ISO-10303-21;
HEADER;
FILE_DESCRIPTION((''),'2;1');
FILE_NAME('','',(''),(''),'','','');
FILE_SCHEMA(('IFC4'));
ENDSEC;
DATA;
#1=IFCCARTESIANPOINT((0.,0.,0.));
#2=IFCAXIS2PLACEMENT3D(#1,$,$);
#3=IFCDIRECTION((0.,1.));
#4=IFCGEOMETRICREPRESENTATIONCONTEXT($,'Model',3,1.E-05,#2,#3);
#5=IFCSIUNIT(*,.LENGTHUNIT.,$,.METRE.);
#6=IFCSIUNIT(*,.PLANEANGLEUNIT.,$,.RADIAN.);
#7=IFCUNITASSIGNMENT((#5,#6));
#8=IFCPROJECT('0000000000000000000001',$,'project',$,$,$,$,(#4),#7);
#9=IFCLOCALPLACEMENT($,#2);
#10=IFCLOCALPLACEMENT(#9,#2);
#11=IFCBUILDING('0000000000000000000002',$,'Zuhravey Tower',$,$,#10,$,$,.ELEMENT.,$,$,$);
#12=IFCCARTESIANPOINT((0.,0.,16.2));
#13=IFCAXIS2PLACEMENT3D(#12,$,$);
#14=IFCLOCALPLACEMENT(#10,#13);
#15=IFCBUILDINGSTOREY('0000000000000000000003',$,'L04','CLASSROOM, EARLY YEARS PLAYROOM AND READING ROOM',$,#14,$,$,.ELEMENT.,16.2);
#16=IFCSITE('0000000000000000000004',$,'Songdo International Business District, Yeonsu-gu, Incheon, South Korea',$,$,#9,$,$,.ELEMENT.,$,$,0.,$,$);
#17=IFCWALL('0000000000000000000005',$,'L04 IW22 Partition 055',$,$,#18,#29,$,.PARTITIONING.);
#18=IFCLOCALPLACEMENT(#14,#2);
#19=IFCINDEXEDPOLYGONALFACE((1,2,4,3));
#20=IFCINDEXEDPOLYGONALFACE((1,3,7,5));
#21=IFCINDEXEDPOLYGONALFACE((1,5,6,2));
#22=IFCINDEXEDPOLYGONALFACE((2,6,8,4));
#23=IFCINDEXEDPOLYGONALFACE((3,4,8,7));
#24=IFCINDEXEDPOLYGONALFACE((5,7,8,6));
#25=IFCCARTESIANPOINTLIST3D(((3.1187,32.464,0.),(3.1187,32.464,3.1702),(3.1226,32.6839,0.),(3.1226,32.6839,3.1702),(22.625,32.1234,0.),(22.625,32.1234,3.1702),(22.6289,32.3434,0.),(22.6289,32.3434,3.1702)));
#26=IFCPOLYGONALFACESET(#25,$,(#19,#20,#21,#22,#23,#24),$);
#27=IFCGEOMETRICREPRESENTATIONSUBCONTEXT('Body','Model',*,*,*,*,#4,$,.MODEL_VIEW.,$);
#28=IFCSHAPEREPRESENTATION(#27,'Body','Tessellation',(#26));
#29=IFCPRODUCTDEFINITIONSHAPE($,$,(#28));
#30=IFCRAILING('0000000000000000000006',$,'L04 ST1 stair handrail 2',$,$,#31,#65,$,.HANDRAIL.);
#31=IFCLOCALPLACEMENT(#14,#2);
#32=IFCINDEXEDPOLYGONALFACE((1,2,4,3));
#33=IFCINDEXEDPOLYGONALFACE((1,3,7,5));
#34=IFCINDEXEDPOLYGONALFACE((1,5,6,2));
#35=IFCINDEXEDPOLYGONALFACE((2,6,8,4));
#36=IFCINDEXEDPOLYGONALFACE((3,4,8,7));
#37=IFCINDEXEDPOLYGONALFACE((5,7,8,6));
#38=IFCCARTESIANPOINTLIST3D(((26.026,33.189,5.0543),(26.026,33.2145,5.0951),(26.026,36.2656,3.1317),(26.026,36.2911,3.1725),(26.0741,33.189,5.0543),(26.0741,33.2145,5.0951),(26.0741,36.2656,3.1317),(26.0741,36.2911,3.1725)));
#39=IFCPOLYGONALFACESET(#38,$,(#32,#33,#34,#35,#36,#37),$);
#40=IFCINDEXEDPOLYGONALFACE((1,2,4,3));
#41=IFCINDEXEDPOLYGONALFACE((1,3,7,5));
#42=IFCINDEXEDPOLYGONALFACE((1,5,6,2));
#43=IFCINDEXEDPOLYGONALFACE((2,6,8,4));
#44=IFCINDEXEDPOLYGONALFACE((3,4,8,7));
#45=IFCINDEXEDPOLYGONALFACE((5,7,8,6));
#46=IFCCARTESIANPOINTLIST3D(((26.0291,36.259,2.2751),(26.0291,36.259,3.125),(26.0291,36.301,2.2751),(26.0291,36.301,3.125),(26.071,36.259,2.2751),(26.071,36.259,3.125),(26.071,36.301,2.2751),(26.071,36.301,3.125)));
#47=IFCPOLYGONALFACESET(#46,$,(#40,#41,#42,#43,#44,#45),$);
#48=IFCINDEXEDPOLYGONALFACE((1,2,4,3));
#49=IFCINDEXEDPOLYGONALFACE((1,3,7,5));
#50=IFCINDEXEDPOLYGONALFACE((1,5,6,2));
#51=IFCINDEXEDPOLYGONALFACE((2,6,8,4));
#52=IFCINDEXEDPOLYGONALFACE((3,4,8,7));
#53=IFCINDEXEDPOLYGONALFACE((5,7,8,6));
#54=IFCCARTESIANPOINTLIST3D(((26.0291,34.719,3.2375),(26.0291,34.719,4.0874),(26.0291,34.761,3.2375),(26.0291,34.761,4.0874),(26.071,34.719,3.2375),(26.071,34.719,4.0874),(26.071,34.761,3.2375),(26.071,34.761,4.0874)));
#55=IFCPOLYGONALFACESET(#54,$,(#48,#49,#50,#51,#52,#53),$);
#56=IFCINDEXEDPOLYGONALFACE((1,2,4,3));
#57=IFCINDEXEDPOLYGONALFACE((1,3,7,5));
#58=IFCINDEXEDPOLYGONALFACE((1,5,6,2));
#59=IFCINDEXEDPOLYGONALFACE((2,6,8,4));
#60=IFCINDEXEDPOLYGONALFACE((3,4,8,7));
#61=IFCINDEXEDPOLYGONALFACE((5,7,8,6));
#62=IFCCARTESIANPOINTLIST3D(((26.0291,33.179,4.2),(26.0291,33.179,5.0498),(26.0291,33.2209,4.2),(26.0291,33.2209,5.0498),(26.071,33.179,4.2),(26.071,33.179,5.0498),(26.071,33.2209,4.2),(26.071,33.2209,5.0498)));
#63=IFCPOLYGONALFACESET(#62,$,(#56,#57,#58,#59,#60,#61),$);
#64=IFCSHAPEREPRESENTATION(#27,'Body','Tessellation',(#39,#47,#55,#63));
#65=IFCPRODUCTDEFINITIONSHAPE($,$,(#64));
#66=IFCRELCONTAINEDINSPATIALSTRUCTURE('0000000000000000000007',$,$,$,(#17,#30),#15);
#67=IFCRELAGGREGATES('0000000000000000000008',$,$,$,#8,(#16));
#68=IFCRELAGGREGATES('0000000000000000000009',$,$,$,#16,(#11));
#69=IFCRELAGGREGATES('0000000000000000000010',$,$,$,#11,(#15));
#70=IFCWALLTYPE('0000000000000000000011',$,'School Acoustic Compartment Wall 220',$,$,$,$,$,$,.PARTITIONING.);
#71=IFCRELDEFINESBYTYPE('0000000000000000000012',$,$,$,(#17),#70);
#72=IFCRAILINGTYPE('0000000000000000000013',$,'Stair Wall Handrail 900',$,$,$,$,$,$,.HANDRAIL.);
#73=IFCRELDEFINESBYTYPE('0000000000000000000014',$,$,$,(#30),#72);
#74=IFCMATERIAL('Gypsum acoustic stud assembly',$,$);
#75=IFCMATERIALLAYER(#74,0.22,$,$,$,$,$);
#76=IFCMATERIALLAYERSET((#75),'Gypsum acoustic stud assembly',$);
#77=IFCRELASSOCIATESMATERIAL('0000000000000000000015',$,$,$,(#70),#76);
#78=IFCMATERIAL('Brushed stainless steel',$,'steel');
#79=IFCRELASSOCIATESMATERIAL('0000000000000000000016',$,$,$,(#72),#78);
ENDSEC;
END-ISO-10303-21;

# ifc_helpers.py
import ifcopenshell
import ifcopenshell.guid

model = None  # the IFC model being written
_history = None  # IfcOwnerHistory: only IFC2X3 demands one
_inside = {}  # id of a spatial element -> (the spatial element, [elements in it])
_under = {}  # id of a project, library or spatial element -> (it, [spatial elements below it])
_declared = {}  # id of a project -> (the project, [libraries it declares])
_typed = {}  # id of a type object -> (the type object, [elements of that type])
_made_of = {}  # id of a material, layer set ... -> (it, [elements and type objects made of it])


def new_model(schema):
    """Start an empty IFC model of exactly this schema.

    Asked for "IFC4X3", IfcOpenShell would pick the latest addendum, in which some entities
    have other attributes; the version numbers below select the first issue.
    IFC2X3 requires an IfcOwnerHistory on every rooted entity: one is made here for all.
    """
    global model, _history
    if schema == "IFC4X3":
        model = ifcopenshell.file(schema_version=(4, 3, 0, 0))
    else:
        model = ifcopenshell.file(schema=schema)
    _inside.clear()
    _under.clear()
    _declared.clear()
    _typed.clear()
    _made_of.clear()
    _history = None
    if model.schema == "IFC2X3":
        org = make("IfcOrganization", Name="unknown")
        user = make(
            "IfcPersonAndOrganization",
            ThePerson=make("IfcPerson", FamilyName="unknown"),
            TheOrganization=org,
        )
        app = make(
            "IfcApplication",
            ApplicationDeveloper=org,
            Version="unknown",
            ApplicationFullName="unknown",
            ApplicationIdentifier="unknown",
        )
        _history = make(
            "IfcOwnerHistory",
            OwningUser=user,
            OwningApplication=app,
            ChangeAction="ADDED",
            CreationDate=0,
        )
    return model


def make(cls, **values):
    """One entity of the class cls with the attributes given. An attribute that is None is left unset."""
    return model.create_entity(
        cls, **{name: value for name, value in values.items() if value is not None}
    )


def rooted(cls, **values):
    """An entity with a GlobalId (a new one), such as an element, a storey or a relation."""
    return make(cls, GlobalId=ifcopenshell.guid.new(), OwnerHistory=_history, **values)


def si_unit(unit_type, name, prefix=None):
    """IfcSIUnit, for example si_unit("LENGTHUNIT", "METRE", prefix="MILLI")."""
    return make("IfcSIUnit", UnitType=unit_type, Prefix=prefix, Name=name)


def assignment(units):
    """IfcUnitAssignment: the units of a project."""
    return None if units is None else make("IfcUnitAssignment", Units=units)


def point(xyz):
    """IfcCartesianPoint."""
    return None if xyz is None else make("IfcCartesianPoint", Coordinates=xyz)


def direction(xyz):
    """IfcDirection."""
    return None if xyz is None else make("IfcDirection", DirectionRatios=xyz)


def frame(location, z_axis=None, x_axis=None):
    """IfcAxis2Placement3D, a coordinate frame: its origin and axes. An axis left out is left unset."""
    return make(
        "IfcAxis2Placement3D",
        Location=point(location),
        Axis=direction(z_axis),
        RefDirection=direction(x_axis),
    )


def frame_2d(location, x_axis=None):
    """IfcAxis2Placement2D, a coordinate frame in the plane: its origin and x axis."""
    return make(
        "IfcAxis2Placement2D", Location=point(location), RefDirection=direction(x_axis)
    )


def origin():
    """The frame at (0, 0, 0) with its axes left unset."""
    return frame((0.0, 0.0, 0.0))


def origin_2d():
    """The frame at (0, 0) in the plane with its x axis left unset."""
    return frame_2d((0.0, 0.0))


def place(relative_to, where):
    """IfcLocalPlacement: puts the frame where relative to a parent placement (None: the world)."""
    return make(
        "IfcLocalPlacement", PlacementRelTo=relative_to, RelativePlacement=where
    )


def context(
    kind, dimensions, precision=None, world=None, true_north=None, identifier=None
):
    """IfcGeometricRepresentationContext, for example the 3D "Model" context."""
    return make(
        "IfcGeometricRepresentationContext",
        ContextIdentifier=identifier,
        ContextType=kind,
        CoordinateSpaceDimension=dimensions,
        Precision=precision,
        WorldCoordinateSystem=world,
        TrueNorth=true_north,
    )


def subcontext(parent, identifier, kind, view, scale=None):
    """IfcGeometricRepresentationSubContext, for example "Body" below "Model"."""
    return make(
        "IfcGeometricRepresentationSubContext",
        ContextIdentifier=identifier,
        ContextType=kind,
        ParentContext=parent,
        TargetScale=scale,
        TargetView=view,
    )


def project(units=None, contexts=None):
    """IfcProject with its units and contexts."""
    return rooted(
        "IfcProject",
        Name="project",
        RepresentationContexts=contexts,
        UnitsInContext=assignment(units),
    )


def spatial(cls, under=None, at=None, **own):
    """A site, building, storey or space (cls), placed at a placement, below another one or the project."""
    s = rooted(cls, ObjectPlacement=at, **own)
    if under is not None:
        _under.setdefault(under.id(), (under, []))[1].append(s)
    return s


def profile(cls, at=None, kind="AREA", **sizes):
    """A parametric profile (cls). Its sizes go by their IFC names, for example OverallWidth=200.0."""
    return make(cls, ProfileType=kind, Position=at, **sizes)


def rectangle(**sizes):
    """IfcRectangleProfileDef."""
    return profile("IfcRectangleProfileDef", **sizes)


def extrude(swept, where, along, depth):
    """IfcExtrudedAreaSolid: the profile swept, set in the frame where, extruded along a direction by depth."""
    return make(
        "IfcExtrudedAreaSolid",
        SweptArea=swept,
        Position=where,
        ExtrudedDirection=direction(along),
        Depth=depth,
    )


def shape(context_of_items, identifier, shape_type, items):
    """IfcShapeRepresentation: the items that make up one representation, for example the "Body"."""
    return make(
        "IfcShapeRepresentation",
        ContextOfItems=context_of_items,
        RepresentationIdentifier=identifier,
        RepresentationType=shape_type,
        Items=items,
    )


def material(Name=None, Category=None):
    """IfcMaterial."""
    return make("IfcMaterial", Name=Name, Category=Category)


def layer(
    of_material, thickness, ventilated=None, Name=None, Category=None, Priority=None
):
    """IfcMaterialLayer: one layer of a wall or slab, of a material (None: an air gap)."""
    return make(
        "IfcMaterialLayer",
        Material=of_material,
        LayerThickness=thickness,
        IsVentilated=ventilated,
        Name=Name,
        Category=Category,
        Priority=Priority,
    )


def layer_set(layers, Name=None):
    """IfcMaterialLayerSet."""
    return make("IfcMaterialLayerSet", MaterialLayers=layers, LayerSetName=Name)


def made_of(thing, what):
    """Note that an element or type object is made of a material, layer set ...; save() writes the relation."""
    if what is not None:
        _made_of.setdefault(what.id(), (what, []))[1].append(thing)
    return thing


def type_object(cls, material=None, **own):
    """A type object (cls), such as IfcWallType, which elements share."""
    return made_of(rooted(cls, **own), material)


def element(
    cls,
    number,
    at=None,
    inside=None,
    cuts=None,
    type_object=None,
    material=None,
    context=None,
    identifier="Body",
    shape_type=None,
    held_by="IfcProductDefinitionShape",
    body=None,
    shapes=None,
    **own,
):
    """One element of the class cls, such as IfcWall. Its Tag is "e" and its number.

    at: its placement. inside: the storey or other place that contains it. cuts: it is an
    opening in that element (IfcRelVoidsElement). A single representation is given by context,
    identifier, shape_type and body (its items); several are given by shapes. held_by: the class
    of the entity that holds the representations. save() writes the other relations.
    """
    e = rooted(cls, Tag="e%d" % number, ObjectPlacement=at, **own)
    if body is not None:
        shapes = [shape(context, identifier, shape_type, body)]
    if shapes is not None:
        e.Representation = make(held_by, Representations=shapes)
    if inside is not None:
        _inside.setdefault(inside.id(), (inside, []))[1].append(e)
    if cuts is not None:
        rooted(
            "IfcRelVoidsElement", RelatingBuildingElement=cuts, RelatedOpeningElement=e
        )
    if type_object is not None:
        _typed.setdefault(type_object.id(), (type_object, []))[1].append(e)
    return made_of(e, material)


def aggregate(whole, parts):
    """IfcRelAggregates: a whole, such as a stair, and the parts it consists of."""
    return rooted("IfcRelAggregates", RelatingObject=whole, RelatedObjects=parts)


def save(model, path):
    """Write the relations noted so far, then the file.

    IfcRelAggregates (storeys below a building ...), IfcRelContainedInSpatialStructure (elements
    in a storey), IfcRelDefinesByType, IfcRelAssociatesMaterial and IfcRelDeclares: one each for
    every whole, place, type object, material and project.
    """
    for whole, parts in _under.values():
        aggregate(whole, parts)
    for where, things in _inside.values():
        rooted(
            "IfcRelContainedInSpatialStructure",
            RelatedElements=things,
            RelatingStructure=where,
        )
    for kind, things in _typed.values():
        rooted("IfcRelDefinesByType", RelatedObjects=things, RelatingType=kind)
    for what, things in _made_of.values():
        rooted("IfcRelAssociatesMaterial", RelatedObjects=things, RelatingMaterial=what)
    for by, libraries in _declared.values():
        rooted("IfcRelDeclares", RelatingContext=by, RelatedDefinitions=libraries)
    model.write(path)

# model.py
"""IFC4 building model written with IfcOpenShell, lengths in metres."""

from ifc_helpers import new_model, si_unit, direction, frame, frame_2d, origin, origin_2d, place, context, subcontext, project, spatial, rectangle, extrude, material, layer, layer_set, type_object, element, save


model = new_model("IFC4")

# Units and contexts
model_context = context("Model", 3, precision=1e-05, world=origin(), true_north=direction((0.0, 1.0)))
body_context = subcontext(model_context, "Body", "Model", "MODEL_VIEW")
ifc_project = project(units=[si_unit("LENGTHUNIT", "METRE"), si_unit("PLANEANGLEUNIT", "RADIAN")], contexts=[model_context])

# Site, building, storey
site_placement = place(None, origin())
site = spatial("IfcSite", under=ifc_project, at=site_placement, Name="Songdo International Business District, Yeonsu-gu, Incheon, South Korea", CompositionType="ELEMENT", RefElevation=0.0)
building_placement = place(site_placement, origin())
building = spatial("IfcBuilding", under=site, at=building_placement, Name="Zuhravey Tower", CompositionType="ELEMENT")
storey_placement = place(building_placement, frame((0.0, 0.0, 16.2)))
storey = spatial("IfcBuildingStorey", under=building, at=storey_placement, Name="L04", Description="CLASSROOM, EARLY YEARS PLAYROOM AND READING ROOM", CompositionType="ELEMENT", Elevation=16.2)

# Wall
ifc_material_1 = material(Name="Gypsum acoustic stud assembly")
ifc_layer_1 = layer(ifc_material_1, 0.22)
ifc_layer_set_1 = layer_set([ifc_layer_1], Name="Gypsum acoustic stud assembly")
wall_type_1 = type_object("IfcWallType", Name="School Acoustic Compartment Wall 220", PredefinedType="PARTITIONING", material=ifc_layer_set_1)
wall_1_placement = place(storey_placement, frame((22.627, 32.2334, 0.0), z_axis=(0.0, 0.0, 1.0), x_axis=(-0.999848, 0.017457, 0.0)))
element("IfcWall", 1, at=wall_1_placement, inside=storey, type_object=wall_type_1, Name="L04 IW22 Partition 055", PredefinedType="PARTITIONING", context=body_context, shape_type="SweptSolid", body=[
    extrude(rectangle(XDim=19.5093, YDim=0.22, at=frame_2d((9.7546, 0.0))), origin(), (0.0, 0.0, 1.0), 3.1702),
])

# Railing
ifc_material_2 = material(Name="Brushed stainless steel", Category="steel")
railing_type = type_object("IfcRailingType", Name="Stair Wall Handrail 900", PredefinedType="HANDRAIL", material=ifc_material_2)
railing_placement = place(storey_placement, frame((26.05, 36.28, 2.2751)))
element("IfcRailing", 2, at=railing_placement, inside=storey, type_object=railing_type, Name="L04 ST1 stair handrail 2", PredefinedType="HANDRAIL", context=body_context, shape_type="SweptSolid", body=[
    extrude(rectangle(XDim=0.0481, YDim=0.0481, at=origin_2d()), frame((0.0, -0.0017, 0.877), z_axis=(0.0, -0.848029, 0.529951), x_axis=(1.0, 0.0, 0.0)), (0.0, 0.0, 1.0), 3.6279),
    extrude(rectangle(XDim=0.042, YDim=0.042, at=origin_2d()), origin(), (0.0, 0.0, 1.0), 0.8499),
    extrude(rectangle(XDim=0.042, YDim=0.042, at=origin_2d()), frame((0.0, -1.54, 0.9624)), (0.0, 0.0, 1.0), 0.8499),
    extrude(rectangle(XDim=0.042, YDim=0.042, at=origin_2d()), frame((0.0, -3.0801, 1.9248)), (0.0, 0.0, 1.0), 0.8499),
])

save(model, "model.ifc")
